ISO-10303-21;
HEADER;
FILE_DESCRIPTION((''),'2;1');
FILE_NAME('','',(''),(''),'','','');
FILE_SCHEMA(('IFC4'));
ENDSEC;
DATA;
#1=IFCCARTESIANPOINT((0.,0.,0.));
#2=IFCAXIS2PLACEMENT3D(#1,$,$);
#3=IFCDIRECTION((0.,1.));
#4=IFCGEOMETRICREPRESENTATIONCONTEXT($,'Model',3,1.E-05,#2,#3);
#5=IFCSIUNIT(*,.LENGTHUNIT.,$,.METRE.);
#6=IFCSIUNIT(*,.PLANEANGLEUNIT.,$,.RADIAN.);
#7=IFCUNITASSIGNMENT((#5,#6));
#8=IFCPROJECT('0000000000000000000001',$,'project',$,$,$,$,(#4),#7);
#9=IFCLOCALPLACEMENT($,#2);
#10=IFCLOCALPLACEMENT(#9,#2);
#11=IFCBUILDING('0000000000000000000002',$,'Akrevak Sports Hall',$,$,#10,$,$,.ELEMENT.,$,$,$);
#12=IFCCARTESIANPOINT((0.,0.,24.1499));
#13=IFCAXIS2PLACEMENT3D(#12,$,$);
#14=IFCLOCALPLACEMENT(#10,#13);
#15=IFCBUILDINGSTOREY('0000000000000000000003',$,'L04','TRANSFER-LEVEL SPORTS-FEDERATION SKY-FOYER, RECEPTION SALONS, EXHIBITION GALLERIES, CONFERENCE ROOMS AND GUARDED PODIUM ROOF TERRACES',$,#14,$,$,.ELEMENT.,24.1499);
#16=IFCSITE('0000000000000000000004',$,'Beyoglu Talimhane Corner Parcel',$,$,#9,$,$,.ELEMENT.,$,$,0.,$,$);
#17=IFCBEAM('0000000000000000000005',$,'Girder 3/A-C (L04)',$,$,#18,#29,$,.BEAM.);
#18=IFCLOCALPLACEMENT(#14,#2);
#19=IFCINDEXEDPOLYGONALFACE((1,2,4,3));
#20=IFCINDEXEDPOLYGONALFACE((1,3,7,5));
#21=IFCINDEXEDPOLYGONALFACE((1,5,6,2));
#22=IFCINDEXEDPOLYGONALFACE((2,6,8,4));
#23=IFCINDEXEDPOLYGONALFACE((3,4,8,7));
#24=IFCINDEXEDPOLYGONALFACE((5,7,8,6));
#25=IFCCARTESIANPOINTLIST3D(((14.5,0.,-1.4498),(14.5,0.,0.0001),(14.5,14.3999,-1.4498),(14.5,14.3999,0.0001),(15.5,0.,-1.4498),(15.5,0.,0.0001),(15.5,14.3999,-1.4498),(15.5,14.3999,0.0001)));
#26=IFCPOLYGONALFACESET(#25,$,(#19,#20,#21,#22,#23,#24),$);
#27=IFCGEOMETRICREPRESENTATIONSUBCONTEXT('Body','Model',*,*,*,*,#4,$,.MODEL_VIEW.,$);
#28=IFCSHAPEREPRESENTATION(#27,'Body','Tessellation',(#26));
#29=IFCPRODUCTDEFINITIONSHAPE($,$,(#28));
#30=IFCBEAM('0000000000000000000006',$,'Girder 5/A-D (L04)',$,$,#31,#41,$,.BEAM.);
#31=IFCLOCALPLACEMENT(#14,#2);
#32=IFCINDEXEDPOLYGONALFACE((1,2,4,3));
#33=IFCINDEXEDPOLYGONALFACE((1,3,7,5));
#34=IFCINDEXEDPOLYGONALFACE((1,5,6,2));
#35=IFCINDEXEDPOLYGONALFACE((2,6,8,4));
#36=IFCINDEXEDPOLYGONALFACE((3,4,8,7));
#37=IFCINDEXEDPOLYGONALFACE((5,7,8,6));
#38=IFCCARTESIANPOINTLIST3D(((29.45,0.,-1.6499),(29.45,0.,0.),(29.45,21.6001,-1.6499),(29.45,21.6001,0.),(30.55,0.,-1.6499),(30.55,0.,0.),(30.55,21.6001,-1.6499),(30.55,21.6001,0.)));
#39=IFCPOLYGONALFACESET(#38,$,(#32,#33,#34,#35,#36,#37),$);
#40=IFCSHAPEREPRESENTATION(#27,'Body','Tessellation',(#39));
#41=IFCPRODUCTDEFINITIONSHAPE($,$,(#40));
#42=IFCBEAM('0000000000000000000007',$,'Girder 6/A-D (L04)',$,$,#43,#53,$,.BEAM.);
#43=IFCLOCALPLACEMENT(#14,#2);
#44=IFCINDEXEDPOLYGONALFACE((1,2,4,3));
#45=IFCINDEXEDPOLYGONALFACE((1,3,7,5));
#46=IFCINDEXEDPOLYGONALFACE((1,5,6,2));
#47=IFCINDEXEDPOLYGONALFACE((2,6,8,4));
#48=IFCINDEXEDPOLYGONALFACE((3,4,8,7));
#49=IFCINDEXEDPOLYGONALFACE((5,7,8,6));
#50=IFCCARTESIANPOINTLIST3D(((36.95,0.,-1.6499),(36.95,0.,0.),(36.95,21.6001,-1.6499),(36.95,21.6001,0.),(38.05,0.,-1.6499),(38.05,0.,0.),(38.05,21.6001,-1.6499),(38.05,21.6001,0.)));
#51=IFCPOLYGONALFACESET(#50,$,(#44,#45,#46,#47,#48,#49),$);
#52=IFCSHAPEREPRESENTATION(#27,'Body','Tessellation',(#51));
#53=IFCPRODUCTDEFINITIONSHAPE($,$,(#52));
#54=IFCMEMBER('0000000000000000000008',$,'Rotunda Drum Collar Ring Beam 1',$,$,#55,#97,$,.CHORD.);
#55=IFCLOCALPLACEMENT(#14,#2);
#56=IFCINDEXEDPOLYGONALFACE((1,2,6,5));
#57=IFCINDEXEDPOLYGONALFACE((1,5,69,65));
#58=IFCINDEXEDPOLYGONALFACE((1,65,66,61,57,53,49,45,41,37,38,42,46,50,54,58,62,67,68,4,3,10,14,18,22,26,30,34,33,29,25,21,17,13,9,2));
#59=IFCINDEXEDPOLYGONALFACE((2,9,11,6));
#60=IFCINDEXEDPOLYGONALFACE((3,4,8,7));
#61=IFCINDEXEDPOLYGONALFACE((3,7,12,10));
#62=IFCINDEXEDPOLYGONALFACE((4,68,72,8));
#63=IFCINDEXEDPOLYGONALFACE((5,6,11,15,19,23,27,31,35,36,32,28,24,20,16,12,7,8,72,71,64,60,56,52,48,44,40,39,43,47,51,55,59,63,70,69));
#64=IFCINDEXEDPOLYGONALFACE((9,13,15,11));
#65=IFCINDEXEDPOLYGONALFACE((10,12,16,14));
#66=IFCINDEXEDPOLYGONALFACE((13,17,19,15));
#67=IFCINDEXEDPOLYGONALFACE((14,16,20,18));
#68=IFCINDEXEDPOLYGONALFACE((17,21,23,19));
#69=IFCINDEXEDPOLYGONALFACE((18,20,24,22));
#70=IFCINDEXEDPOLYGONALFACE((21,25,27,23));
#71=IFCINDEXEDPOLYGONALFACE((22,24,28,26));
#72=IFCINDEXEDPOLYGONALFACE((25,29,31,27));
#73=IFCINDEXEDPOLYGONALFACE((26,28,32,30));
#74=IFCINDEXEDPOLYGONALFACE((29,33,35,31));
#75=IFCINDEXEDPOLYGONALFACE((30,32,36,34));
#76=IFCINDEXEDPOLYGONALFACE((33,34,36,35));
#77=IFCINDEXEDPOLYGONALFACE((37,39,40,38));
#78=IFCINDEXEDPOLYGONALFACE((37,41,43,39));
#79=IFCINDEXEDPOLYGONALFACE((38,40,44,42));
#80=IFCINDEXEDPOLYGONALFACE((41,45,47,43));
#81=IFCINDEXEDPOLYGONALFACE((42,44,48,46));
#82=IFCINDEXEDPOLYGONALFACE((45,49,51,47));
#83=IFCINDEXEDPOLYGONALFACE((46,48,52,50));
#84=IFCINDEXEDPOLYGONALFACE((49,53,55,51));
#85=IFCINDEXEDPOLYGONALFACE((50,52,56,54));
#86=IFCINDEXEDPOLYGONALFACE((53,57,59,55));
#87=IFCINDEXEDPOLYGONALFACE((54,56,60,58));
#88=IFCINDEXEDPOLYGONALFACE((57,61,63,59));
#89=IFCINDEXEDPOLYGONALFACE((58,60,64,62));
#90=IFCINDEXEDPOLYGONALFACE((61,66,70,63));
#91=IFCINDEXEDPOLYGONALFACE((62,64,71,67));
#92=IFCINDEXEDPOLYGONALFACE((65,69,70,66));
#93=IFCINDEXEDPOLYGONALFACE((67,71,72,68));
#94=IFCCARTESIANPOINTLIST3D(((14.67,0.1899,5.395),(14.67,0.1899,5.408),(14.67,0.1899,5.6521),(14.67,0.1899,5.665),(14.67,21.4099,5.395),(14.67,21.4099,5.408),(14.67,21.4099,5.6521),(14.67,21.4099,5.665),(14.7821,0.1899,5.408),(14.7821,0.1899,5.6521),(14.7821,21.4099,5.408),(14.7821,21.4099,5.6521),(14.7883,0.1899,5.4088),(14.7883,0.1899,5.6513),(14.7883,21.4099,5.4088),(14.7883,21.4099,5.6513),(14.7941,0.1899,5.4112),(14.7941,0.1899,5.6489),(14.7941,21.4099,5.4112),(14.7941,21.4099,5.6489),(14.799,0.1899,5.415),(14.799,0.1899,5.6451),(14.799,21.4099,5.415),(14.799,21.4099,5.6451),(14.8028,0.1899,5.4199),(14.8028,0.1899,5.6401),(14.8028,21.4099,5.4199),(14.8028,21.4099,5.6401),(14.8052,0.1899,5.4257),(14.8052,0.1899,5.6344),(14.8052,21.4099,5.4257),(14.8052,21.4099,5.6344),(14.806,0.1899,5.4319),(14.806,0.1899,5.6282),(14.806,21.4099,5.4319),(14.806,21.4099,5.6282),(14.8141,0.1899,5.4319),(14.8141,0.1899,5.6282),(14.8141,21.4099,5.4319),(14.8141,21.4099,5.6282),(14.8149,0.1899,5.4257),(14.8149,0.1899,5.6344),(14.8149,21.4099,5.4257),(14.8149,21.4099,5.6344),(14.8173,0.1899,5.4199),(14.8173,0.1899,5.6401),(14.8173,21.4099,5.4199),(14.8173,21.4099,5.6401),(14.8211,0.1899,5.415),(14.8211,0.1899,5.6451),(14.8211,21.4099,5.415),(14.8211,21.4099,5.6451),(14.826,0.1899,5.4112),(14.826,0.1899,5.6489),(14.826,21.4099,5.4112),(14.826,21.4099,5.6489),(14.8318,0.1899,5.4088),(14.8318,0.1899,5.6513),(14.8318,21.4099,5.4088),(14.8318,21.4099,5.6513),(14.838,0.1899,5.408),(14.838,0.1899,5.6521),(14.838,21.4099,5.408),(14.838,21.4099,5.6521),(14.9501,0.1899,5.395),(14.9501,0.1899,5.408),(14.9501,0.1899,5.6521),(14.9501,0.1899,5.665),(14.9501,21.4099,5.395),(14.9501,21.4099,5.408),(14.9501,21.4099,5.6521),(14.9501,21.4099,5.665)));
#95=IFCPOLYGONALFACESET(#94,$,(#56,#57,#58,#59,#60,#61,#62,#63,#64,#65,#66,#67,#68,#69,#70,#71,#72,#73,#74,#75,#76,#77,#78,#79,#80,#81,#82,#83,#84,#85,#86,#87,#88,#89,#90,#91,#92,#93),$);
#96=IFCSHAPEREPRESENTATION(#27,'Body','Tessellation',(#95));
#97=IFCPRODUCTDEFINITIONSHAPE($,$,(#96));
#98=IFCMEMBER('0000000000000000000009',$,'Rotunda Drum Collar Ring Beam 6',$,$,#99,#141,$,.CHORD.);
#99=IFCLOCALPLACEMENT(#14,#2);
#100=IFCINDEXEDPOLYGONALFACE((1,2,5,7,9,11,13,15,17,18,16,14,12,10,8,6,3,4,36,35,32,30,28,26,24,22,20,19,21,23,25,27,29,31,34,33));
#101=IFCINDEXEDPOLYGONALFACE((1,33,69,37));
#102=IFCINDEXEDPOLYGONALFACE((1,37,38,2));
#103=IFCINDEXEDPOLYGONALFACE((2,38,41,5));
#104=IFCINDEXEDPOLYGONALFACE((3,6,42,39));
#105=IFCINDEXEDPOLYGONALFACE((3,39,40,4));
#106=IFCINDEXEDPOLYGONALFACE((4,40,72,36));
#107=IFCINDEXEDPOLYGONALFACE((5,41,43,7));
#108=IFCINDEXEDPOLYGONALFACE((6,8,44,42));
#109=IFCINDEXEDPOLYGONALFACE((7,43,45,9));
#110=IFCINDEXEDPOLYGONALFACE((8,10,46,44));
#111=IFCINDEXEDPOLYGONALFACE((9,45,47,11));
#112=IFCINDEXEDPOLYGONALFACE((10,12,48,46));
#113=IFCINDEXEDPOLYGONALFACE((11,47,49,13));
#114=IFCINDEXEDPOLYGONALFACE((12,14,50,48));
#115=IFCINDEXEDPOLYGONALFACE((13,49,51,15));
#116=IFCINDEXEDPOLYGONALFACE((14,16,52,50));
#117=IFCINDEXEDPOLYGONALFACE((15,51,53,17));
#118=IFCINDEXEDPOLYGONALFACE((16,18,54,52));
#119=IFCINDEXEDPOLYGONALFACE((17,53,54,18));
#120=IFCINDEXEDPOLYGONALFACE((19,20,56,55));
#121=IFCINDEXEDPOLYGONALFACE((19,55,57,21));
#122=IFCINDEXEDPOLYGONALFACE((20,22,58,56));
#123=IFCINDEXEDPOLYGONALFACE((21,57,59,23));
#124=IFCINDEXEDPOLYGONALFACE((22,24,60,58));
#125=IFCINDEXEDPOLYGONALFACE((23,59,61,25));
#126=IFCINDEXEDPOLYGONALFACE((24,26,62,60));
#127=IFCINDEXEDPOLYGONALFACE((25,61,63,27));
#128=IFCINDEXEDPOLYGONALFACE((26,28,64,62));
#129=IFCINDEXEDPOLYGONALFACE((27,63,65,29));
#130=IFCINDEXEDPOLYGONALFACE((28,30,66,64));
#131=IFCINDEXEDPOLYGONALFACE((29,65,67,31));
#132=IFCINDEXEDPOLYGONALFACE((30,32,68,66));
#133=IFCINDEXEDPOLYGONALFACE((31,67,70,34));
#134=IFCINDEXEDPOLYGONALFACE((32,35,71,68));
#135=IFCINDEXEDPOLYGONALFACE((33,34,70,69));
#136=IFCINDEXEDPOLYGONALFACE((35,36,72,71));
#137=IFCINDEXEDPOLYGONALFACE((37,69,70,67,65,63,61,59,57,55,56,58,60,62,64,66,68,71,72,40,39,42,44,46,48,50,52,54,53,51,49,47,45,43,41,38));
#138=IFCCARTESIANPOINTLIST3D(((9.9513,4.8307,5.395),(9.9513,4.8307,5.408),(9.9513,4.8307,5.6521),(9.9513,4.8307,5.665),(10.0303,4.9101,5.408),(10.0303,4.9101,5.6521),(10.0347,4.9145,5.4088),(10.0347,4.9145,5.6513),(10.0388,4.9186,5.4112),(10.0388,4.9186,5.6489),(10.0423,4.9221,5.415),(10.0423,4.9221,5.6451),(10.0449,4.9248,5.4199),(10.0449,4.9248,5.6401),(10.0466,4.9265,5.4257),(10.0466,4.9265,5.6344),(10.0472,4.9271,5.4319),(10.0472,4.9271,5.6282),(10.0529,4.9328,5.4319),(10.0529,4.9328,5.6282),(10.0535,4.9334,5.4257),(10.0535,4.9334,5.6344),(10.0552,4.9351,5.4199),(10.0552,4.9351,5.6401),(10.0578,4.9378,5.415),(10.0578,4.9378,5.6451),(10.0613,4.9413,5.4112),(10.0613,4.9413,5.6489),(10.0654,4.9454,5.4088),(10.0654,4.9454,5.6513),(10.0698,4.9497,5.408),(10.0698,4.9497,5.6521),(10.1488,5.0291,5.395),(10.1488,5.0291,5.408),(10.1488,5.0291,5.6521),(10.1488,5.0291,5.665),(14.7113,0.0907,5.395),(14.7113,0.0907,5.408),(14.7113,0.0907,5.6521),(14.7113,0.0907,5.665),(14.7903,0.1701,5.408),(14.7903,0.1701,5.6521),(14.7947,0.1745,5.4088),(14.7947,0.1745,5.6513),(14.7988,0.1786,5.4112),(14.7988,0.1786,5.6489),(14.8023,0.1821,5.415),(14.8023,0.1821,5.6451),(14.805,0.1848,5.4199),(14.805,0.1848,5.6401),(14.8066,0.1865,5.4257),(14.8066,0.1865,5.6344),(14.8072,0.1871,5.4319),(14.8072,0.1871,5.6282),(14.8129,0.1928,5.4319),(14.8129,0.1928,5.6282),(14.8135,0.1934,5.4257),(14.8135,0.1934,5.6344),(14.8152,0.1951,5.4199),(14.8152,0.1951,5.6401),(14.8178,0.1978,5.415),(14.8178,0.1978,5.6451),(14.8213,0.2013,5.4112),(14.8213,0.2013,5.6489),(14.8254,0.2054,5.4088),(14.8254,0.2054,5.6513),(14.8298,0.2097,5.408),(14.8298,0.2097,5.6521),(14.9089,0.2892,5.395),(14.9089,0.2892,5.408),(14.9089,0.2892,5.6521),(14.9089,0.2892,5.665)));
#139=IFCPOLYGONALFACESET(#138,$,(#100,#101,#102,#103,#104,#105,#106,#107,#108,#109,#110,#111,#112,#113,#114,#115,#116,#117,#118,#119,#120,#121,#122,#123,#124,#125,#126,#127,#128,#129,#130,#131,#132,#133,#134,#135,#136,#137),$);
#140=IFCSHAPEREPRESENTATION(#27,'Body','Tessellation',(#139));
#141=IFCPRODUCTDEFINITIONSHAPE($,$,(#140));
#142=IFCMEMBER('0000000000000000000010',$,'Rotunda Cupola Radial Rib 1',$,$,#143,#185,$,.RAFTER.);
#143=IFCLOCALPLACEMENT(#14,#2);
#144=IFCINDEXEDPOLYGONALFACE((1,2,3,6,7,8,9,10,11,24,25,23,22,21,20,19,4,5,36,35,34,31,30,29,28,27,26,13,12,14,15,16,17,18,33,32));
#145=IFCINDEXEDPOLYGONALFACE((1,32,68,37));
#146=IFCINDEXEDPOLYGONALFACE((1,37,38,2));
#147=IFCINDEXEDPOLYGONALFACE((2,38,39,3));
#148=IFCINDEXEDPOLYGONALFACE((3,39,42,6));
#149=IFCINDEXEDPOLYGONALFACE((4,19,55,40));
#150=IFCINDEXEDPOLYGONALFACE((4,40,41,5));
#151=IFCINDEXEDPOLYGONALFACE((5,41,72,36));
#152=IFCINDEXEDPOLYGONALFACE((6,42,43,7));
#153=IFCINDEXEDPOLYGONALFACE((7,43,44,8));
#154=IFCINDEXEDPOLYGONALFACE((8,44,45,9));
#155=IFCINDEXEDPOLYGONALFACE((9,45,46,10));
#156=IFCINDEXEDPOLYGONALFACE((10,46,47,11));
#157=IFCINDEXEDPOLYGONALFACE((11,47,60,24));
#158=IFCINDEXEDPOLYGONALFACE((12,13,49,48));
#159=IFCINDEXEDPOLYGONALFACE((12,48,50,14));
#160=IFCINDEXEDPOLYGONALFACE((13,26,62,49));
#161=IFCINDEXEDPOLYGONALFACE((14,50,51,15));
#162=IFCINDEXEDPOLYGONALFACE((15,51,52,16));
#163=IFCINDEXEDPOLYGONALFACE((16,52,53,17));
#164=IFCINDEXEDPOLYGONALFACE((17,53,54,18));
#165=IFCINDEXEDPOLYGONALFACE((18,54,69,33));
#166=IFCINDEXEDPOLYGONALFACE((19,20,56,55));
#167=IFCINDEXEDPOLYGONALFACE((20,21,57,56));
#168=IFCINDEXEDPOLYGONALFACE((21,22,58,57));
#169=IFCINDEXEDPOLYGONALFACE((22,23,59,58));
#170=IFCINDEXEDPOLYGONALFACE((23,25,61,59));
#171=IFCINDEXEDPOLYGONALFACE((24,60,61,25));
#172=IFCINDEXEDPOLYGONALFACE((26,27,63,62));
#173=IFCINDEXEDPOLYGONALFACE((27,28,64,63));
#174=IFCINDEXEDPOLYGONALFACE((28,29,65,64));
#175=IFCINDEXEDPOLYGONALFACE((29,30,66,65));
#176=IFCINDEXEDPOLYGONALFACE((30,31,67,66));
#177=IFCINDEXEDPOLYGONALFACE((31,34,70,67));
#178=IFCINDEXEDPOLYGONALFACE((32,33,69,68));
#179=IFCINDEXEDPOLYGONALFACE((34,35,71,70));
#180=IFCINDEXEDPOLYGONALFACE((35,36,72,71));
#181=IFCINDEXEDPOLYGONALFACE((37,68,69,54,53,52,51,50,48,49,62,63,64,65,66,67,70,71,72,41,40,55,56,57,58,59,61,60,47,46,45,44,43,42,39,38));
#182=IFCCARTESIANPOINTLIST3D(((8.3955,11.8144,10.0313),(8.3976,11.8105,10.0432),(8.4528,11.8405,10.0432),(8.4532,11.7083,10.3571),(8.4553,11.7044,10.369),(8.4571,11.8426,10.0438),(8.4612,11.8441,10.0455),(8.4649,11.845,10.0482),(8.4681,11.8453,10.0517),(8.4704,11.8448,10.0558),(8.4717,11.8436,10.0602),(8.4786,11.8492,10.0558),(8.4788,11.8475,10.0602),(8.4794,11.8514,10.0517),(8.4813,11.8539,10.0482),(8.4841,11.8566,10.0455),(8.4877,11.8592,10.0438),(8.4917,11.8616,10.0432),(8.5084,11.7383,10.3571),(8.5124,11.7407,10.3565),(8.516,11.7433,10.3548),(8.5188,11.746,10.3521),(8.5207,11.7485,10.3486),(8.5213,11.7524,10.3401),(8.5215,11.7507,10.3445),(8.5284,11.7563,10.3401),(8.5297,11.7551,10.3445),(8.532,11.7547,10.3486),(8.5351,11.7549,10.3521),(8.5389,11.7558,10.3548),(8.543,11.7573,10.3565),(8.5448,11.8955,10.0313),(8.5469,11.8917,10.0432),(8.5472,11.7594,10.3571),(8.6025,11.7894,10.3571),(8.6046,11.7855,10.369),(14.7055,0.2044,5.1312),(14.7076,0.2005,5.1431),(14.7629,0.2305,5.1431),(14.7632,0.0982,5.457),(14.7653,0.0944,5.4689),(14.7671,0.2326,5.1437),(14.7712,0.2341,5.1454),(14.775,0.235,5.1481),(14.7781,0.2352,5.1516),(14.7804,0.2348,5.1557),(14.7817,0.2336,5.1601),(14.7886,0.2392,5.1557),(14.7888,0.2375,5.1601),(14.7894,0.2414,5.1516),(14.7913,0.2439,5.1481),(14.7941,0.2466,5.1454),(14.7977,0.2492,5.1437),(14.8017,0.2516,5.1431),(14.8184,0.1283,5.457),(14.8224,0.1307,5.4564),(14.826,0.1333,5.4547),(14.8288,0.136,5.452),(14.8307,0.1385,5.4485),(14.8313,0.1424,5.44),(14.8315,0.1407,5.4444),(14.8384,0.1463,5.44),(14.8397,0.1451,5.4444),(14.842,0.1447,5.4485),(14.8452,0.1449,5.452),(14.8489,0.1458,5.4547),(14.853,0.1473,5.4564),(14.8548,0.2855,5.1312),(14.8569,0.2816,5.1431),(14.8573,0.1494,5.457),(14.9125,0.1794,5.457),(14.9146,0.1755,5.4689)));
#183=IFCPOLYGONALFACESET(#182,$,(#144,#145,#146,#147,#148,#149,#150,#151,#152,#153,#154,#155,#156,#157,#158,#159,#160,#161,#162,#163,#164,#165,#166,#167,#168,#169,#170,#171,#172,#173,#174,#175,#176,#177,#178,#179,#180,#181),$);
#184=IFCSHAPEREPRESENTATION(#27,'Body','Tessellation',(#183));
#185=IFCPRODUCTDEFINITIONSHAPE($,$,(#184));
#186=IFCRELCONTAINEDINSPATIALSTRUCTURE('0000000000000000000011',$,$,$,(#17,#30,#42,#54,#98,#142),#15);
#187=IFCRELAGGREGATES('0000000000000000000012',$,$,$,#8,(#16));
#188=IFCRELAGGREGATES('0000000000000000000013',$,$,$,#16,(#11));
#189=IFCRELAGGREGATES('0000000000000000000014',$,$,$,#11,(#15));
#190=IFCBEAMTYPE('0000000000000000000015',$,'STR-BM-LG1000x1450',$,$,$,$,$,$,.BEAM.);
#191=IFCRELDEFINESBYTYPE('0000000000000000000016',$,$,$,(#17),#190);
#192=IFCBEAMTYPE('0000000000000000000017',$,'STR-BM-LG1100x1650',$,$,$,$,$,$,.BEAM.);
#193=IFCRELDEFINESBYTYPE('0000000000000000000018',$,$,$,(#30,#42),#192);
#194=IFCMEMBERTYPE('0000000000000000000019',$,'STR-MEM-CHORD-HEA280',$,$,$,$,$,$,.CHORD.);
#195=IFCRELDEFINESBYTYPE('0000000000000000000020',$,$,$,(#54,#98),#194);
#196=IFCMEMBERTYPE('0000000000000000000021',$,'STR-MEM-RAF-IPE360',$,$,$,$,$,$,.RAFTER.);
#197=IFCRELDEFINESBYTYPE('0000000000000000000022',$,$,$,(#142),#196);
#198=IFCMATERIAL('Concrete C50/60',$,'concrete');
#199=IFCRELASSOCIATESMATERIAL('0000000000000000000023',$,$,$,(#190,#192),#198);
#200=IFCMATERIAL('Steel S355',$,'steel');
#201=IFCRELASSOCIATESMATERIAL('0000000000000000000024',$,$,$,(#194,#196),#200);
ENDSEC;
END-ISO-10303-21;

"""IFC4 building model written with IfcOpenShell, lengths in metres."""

from ifc_helpers import new_model, si_unit, direction, frame, origin, origin_2d, place, context, subcontext, project, spatial, rectangle, i_section, extrude, material, material_profile, profile_set, type_object, element, save


model = new_model("IFC4")

# Units and contexts
model_context = context("Model", 3, precision=1e-05, world=origin(), true_north=direction((0.0, 1.0)))
body_context = subcontext(model_context, "Body", "Model", "MODEL_VIEW")
ifc_project = project(units=[si_unit("LENGTHUNIT", "METRE"), si_unit("PLANEANGLEUNIT", "RADIAN")], contexts=[model_context])

# Site, building, storey
site_placement = place(None, origin())
site = spatial("IfcSite", under=ifc_project, at=site_placement, Name="Beyoglu Talimhane Corner Parcel", CompositionType="ELEMENT", RefElevation=0.0)
building_placement = place(site_placement, origin())
building = spatial("IfcBuilding", under=site, at=building_placement, Name="Akrevak Sports Hall", CompositionType="ELEMENT")
storey_placement = place(building_placement, frame((0.0, 0.0, 24.1499)))
storey = spatial("IfcBuildingStorey", under=building, at=storey_placement, Name="L04", Description="TRANSFER-LEVEL SPORTS-FEDERATION SKY-FOYER, RECEPTION SALONS, EXHIBITION GALLERIES, CONFERENCE ROOMS AND GUARDED PODIUM ROOF TERRACES", CompositionType="ELEMENT", Elevation=24.1499)

# Beams
ifc_material_1 = material(Name="Concrete C50/60", Category="concrete")
ifc_material_profile_1 = material_profile(ifc_material_1, rectangle(XDim=1.0, YDim=1.45, at=origin_2d()), Name="BM 1000x1450", Category="concrete")
ifc_profile_set_1 = profile_set([ifc_material_profile_1], Name="Concrete C50/60")
beam_type_1 = type_object("IfcBeamType", Name="STR-BM-LG1000x1450", PredefinedType="BEAM", material=ifc_profile_set_1)
beam_1_placement = place(storey_placement, frame((15.0, 0.0, -0.7249), z_axis=(0.0, 1.0, 0.0), x_axis=(-1.0, 0.0, 0.0)))
element("IfcBeam", 1, at=beam_1_placement, inside=storey, type_object=beam_type_1, Name="Girder 3/A-C (L04)", PredefinedType="BEAM", context=body_context, shape_type="SweptSolid", body=[
    extrude(rectangle(XDim=1.0, YDim=1.45, at=origin_2d()), origin(), (0.0, 0.0, 1.0), 14.3999),
])
ifc_material_profile_2 = material_profile(ifc_material_1, rectangle(XDim=1.1001, YDim=1.6499, at=origin_2d()), Name="BM 1100x1650", Category="concrete")
ifc_profile_set_2 = profile_set([ifc_material_profile_2], Name="Concrete C50/60")
beam_type_2 = type_object("IfcBeamType", Name="STR-BM-LG1100x1650", PredefinedType="BEAM", material=ifc_profile_set_2)
for number, where, z_axis, x_axis, name in (
    (2, (30.0, 0.0, -0.825), (0.0, 1.0, 0.0), (-1.0, 0.0, 0.0), "Girder 5/A-D (L04)"),
    (3, (37.5, 0.0, -0.825), (0.0, 1.0, 0.0), (-1.0, 0.0, 0.0), "Girder 6/A-D (L04)"),
):
    element("IfcBeam", number, at=place(storey_placement, frame(where, z_axis=z_axis, x_axis=x_axis)), inside=storey, type_object=beam_type_2, Name=name, PredefinedType="BEAM", context=body_context, shape_type="SweptSolid", body=[
        extrude(rectangle(XDim=1.1001, YDim=1.6499, at=origin_2d()), origin(), (0.0, 0.0, 1.0), 21.6001),
    ])

# Members
ifc_material_2 = material(Name="Steel S355", Category="steel")
ifc_material_profile_3 = material_profile(ifc_material_2, i_section(OverallWidth=0.28, OverallDepth=0.27, WebThickness=0.0081, FlangeThickness=0.0129, FilletRadius=0.0239, at=origin_2d()), Name="HEA 280", Category="steel")
ifc_profile_set_3 = profile_set([ifc_material_profile_3], Name="Steel S355")
member_type_1 = type_object("IfcMemberType", Name="STR-MEM-CHORD-HEA280", PredefinedType="CHORD", material=ifc_profile_set_3)
member_1_placement = place(storey_placement, frame((14.8101, 0.1899, 5.53), z_axis=(0.0, 1.0, 0.0), x_axis=(-1.0, 0.0, 0.0)))
element("IfcMember", 4, at=member_1_placement, inside=storey, type_object=member_type_1, Name="Rotunda Drum Collar Ring Beam 1", PredefinedType="CHORD", context=body_context, shape_type="SweptSolid", body=[
    extrude(i_section(OverallWidth=0.28, OverallDepth=0.27, WebThickness=0.0081, FlangeThickness=0.0129, FilletRadius=0.0239, at=origin_2d()), origin(), (0.0, 0.0, 1.0), 21.22),
])
member_2_placement = place(storey_placement, frame((10.05, 4.9299, 5.53), z_axis=(0.708595, -0.705615, 0.0), x_axis=(0.705615, 0.708595, 0.0)))
element("IfcMember", 5, at=member_2_placement, inside=storey, type_object=member_type_1, Name="Rotunda Drum Collar Ring Beam 6", PredefinedType="CHORD", context=body_context, shape_type="SweptSolid", body=[
    extrude(i_section(OverallWidth=0.28, OverallDepth=0.27, WebThickness=0.0081, FlangeThickness=0.0129, FilletRadius=0.0239, at=origin_2d()), origin(), (0.0, 0.0, 1.0), 6.7175),
])
ifc_material_profile_4 = material_profile(ifc_material_2, i_section(OverallWidth=0.1699, OverallDepth=0.3601, WebThickness=0.0081, FlangeThickness=0.0127, FilletRadius=0.0181, at=origin_2d()), Name="IPE 360", Category="steel")
ifc_profile_set_4 = profile_set([ifc_material_profile_4], Name="Steel S355")
member_type_2 = type_object("IfcMemberType", Name="STR-MEM-RAF-IPE360", PredefinedType="RAFTER", material=ifc_profile_set_4)
member_3_placement = place(storey_placement, frame((14.8101, 0.1899, 5.3), z_axis=(-0.447733, 0.8238, 0.347692), x_axis=(-0.878618, -0.477526, 0.0)))
element("IfcMember", 6, at=member_3_placement, inside=storey, type_object=member_type_2, Name="Rotunda Cupola Radial Rib 1", PredefinedType="RAFTER", context=body_context, shape_type="SweptSolid", body=[
    extrude(i_section(OverallWidth=0.1699, OverallDepth=0.3601, WebThickness=0.0081, FlangeThickness=0.0127, FilletRadius=0.0181, at=origin_2d()), origin(), (0.0, 0.0, 1.0), 14.0933),
])

save(model, "model.ifc")
